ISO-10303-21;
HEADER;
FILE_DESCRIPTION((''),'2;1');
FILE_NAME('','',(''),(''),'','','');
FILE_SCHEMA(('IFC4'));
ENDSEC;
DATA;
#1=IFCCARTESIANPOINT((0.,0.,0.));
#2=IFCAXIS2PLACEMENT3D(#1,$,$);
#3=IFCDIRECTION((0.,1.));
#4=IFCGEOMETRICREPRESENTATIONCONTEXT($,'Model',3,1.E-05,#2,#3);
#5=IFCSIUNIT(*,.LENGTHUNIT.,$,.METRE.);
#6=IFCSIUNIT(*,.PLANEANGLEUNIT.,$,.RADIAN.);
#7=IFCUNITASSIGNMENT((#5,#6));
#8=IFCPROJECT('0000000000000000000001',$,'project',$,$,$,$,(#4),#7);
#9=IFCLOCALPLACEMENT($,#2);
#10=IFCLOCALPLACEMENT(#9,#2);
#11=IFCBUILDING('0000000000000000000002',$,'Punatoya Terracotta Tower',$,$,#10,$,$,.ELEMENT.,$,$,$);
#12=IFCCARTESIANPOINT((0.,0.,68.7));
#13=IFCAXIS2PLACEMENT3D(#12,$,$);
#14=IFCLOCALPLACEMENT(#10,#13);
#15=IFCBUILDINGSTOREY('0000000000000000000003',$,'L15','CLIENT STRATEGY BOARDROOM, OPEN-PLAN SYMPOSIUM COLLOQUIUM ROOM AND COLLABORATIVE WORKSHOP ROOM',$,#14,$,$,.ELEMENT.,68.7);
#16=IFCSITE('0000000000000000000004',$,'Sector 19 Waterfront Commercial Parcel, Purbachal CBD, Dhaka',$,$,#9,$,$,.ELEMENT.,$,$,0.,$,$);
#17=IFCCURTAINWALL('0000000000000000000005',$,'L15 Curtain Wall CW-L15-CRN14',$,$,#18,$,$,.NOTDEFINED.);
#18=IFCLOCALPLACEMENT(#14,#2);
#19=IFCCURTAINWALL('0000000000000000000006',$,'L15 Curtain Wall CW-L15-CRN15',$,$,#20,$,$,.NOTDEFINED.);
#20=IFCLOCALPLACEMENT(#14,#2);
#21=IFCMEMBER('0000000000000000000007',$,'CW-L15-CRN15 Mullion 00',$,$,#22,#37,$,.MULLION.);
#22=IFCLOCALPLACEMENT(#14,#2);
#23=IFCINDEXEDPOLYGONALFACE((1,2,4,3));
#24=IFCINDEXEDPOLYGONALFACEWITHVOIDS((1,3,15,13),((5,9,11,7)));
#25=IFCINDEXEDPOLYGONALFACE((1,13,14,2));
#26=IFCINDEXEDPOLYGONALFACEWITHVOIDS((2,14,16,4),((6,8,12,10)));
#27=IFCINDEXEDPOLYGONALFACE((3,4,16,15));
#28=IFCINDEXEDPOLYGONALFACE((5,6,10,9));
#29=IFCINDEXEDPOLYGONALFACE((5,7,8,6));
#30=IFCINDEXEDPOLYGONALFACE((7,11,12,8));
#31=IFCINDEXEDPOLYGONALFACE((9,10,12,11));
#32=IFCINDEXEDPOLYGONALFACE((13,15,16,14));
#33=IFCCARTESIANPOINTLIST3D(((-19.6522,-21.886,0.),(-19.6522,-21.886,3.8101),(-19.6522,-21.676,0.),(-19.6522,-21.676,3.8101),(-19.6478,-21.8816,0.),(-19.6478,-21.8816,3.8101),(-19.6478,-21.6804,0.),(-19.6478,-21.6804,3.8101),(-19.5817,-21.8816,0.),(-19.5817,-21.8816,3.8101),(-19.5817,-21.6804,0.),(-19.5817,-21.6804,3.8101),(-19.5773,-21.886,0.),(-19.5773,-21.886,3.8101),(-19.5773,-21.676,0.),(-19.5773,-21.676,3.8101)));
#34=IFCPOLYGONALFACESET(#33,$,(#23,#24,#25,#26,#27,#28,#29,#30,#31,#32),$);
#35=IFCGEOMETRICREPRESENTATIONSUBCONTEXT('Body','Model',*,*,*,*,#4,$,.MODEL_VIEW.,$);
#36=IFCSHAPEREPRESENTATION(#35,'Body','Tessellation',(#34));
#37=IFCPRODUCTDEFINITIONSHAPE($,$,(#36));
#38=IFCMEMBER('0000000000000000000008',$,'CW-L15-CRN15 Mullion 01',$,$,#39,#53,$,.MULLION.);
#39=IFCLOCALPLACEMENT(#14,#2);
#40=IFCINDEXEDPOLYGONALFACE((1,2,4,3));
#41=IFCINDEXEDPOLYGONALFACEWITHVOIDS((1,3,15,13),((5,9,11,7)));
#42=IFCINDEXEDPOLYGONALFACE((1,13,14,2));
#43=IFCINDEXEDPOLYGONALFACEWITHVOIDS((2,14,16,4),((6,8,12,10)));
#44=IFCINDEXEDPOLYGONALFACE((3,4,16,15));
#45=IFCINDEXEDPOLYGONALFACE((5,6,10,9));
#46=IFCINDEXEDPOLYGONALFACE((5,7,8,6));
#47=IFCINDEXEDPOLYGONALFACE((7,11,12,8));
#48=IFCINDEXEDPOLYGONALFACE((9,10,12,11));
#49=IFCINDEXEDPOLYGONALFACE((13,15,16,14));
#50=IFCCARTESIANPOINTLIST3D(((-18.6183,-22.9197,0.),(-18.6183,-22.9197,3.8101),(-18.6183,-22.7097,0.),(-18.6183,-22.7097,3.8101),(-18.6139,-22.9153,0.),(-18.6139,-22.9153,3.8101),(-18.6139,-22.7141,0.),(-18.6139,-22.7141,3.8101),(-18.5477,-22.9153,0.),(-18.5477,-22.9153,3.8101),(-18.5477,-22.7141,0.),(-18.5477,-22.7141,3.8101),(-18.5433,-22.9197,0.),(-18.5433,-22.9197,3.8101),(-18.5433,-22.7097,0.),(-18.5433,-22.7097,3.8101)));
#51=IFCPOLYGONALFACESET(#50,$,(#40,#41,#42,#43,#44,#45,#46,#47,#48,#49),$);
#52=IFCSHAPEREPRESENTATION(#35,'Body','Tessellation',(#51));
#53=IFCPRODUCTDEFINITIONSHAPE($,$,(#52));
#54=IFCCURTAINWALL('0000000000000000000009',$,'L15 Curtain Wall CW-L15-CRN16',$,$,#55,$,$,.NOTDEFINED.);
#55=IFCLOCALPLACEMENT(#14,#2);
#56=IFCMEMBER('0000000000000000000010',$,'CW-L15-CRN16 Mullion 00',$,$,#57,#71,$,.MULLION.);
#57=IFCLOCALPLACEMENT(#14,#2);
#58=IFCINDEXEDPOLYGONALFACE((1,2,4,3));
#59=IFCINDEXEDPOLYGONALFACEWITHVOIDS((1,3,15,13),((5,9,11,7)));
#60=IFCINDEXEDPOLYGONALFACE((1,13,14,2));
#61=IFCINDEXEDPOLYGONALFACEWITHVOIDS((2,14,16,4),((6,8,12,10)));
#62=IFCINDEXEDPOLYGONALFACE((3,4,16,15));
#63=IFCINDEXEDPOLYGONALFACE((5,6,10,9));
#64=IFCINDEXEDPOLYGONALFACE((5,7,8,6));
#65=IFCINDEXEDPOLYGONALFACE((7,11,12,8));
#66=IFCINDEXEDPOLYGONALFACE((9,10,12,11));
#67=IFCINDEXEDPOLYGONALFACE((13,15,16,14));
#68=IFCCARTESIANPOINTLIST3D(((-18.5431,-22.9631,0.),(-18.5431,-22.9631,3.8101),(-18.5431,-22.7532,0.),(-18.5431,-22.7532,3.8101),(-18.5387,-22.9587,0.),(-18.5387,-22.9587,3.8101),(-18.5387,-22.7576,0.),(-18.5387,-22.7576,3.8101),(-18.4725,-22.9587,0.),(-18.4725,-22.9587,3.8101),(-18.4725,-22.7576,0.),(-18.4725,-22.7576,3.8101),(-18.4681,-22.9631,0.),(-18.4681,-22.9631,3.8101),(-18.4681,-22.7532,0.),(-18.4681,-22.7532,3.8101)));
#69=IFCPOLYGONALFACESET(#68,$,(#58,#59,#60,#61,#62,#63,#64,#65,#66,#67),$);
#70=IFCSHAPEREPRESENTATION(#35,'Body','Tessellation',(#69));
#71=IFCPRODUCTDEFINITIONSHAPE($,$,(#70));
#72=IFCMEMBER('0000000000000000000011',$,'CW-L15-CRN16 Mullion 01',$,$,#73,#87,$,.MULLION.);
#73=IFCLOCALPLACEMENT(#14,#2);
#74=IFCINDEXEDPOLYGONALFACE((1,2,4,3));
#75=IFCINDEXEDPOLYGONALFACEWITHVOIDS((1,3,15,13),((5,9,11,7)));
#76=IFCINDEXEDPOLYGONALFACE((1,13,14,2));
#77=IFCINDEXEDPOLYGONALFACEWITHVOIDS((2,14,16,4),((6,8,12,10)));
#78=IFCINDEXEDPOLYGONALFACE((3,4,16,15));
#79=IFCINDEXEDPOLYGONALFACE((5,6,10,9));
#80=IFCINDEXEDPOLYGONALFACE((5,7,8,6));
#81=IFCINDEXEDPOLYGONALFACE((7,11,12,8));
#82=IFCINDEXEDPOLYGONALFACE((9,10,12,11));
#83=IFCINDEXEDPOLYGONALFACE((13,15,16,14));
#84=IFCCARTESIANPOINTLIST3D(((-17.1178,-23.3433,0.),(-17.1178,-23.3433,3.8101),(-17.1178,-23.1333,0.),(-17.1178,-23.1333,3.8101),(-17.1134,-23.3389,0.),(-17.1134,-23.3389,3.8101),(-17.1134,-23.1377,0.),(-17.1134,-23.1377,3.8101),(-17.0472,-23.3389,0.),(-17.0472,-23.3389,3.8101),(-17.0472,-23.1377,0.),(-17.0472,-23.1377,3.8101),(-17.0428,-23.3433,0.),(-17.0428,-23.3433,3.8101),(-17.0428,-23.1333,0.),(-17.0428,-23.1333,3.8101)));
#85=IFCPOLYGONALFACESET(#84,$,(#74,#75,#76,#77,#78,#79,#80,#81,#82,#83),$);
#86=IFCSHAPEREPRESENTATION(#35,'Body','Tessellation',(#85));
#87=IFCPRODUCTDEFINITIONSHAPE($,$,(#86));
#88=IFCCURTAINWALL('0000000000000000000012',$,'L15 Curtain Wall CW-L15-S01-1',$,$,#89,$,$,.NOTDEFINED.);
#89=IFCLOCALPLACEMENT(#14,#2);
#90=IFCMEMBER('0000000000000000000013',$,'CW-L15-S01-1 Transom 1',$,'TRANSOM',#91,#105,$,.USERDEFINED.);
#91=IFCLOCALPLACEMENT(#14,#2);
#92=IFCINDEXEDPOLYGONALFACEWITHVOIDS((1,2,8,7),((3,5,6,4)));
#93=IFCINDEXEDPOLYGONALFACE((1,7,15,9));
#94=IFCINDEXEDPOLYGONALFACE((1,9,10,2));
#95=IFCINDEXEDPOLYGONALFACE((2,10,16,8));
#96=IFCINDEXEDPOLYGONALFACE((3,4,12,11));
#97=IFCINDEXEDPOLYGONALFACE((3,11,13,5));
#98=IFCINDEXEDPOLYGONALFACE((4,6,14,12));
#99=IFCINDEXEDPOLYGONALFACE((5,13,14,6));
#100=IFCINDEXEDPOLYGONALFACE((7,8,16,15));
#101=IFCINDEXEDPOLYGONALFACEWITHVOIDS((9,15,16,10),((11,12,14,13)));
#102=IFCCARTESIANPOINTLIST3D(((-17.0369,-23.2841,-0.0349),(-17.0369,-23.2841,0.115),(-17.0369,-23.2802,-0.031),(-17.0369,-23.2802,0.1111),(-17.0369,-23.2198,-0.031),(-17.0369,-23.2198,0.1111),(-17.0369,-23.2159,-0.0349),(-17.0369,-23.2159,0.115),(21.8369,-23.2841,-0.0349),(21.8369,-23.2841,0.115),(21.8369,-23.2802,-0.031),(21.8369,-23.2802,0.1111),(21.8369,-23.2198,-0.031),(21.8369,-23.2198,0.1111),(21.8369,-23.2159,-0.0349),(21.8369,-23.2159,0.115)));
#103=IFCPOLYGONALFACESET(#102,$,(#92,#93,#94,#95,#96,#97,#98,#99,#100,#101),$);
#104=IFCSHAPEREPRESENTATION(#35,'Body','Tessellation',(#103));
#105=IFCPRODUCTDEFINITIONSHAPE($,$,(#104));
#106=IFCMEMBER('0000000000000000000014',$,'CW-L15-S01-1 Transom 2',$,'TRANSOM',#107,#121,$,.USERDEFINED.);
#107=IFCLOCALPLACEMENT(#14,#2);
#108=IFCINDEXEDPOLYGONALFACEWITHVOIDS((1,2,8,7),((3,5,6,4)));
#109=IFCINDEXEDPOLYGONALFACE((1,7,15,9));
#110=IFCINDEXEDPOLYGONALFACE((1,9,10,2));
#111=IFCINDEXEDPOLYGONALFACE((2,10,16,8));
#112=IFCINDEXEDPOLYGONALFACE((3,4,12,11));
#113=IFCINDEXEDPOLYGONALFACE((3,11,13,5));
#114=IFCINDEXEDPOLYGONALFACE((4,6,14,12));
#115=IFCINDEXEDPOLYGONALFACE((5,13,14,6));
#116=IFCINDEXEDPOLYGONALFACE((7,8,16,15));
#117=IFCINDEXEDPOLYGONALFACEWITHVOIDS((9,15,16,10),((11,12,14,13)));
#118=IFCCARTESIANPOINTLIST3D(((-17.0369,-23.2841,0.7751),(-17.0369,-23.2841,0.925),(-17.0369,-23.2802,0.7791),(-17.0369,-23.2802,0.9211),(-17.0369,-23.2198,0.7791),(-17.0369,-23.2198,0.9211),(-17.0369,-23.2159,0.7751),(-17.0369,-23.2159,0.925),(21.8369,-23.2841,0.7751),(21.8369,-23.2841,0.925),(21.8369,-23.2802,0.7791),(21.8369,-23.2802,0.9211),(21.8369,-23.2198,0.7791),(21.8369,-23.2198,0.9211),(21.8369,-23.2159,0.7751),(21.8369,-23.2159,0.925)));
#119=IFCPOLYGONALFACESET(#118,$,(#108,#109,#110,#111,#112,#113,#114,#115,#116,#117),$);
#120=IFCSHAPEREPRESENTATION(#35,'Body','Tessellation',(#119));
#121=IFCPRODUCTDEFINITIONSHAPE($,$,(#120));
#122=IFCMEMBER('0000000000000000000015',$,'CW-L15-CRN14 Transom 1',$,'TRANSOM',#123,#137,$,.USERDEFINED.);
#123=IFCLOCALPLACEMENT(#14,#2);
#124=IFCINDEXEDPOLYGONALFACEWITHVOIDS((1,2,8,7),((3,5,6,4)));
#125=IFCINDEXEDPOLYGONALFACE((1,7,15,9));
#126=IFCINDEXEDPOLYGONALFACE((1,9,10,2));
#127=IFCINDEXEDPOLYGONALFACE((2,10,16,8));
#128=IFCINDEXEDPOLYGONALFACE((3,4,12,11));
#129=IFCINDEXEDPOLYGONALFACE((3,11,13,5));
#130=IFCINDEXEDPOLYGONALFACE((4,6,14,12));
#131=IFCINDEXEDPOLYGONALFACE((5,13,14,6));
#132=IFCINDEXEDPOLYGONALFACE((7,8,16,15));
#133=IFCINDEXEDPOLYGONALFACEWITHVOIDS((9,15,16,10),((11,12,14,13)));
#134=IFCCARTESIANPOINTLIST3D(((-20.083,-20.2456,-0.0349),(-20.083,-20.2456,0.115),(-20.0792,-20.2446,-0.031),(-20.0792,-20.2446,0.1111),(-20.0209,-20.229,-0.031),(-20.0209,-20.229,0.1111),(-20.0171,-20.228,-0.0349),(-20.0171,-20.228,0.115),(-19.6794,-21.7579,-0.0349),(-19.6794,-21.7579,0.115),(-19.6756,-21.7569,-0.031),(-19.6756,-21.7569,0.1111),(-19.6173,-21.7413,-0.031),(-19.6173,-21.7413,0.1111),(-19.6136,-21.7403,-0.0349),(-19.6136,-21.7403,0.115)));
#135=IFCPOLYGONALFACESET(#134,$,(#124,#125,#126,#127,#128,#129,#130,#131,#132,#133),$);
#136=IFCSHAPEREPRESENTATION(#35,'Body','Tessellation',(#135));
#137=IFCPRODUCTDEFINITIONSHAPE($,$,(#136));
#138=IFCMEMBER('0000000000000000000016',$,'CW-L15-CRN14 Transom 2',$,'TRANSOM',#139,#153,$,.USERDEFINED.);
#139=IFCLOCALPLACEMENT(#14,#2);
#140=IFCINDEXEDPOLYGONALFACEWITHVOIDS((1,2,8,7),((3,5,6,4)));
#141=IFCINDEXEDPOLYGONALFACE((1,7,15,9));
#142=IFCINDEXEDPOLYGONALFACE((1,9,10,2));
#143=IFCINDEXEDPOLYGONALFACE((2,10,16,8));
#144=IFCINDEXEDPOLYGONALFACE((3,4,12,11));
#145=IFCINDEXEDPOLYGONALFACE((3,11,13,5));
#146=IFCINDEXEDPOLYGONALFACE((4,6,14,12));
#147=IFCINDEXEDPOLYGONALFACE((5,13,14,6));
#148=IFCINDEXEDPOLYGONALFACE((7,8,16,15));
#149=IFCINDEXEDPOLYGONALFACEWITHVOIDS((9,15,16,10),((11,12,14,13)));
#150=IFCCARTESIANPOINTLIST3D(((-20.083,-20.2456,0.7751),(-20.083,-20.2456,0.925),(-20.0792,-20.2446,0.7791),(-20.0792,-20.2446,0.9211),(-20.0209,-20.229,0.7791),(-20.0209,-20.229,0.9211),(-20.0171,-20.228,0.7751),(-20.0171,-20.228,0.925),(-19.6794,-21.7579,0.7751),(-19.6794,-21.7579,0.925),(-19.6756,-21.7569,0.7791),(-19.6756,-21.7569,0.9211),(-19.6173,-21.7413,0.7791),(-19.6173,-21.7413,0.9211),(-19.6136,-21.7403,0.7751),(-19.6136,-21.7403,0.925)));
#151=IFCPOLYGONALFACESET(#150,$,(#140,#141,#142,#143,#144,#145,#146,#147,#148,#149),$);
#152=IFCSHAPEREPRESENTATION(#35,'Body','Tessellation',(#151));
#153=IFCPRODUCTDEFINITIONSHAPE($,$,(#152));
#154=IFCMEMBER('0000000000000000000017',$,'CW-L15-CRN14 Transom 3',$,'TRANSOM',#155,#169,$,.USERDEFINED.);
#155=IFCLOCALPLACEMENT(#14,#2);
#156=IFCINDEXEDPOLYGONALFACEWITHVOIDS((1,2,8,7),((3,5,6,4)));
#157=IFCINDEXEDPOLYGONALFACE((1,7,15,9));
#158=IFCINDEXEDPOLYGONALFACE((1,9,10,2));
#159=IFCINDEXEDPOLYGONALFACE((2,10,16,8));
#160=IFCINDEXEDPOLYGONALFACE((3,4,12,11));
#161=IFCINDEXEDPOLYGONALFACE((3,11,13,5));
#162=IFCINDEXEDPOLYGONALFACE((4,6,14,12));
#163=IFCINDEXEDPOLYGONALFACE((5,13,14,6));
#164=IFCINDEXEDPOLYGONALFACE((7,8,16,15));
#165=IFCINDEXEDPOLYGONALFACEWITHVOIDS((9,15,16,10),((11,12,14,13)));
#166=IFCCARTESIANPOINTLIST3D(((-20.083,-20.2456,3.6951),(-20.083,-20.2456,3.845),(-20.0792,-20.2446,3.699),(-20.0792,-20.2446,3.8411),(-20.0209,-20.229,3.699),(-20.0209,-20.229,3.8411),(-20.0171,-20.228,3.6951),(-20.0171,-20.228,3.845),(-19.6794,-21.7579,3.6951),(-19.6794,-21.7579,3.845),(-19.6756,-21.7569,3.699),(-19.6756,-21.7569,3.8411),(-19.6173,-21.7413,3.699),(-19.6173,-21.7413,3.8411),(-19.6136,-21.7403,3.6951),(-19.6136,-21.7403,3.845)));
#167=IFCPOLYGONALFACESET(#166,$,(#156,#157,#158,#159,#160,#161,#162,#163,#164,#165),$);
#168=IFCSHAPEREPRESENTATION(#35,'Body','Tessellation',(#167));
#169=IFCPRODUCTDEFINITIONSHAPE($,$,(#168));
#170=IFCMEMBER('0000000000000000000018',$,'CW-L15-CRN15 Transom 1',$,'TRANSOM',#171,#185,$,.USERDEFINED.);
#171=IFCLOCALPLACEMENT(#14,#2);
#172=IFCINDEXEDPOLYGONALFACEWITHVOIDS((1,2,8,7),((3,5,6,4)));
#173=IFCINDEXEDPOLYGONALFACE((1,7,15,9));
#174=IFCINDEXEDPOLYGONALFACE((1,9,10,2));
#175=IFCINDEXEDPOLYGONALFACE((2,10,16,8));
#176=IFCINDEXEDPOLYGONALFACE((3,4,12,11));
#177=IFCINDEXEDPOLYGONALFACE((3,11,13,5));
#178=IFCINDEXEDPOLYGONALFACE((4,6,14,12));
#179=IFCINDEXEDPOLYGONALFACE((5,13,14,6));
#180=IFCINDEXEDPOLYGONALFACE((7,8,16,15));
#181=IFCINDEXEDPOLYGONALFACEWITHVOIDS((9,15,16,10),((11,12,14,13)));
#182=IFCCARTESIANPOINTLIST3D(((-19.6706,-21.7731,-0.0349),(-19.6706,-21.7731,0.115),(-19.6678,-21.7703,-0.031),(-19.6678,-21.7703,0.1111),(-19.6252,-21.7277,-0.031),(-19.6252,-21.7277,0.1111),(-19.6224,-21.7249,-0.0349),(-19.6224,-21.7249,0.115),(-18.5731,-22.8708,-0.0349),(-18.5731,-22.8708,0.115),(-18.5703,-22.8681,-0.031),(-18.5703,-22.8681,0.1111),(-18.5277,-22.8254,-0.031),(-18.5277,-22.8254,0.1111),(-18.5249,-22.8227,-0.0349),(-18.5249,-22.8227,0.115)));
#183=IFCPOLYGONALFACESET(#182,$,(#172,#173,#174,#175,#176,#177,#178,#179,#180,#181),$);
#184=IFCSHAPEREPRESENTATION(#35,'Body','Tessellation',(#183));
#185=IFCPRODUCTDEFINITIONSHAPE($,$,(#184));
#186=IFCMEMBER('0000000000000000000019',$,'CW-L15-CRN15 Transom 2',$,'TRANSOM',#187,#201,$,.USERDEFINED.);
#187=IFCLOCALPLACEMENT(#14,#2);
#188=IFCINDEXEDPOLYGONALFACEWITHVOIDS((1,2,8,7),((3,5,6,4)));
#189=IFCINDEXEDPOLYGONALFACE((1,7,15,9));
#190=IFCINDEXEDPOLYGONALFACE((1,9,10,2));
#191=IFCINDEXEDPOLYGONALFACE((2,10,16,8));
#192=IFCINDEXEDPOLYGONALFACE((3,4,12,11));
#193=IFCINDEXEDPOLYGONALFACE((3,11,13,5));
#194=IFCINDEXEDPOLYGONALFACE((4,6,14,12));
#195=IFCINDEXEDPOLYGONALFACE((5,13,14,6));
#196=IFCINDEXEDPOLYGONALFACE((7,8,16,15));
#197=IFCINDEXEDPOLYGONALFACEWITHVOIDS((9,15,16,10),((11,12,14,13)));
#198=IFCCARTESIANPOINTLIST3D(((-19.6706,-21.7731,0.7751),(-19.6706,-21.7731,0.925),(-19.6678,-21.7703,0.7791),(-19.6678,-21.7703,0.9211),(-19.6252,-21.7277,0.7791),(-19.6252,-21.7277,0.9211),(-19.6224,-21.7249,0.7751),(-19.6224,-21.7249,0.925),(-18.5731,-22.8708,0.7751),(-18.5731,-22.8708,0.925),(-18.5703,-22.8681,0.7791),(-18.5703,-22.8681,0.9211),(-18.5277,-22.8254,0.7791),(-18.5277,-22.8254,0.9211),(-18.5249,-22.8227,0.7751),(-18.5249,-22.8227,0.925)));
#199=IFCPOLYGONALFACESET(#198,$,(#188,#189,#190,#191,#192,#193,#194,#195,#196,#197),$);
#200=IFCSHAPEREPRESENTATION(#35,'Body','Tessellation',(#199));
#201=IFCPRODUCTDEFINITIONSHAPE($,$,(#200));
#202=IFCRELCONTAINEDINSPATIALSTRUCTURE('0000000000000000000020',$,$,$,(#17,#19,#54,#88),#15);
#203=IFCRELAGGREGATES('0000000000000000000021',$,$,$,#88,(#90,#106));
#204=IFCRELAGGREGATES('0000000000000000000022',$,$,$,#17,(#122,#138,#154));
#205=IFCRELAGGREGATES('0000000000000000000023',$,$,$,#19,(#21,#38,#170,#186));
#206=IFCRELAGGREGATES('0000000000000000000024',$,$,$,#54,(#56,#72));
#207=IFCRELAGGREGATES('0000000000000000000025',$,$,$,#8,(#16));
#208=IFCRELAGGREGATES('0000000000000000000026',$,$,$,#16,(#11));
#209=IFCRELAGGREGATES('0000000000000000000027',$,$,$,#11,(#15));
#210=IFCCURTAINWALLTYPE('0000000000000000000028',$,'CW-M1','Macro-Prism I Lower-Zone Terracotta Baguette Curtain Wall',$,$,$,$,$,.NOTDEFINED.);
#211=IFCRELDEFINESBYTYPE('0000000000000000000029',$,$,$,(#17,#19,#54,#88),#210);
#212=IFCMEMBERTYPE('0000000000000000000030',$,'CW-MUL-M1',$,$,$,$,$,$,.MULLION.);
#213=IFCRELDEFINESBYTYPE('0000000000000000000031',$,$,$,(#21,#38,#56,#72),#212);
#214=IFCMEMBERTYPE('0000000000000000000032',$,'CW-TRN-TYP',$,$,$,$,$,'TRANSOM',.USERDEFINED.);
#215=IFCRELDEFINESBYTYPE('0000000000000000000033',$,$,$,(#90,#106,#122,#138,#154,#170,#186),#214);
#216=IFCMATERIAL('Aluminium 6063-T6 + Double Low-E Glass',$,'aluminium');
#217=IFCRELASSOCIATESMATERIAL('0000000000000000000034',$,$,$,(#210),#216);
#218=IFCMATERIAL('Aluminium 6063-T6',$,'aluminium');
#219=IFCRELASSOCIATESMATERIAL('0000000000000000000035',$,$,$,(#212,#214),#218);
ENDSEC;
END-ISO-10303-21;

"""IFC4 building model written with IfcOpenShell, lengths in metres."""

from ifc_helpers import new_model, si_unit, direction, frame, origin, origin_2d, place, context, subcontext, project, spatial, hollow_rectangle, extrude, material, material_profile, profile_set, type_object, element, aggregate, save


model = new_model("IFC4")

# Units and contexts
model_context = context("Model", 3, precision=1e-05, world=origin(), true_north=direction((0.0, 1.0)))
body_context = subcontext(model_context, "Body", "Model", "MODEL_VIEW")
ifc_project = project(units=[si_unit("LENGTHUNIT", "METRE"), si_unit("PLANEANGLEUNIT", "RADIAN")], contexts=[model_context])

# Site, building, storey
site_placement = place(None, origin())
site = spatial("IfcSite", under=ifc_project, at=site_placement, Name="Sector 19 Waterfront Commercial Parcel, Purbachal CBD, Dhaka", CompositionType="ELEMENT", RefElevation=0.0)
building_placement = place(site_placement, origin())
building = spatial("IfcBuilding", under=site, at=building_placement, Name="Punatoya Terracotta Tower", CompositionType="ELEMENT")
storey_placement = place(building_placement, frame((0.0, 0.0, 68.7)))
storey = spatial("IfcBuildingStorey", under=building, at=storey_placement, Name="L15", Description="CLIENT STRATEGY BOARDROOM, OPEN-PLAN SYMPOSIUM COLLOQUIUM ROOM AND COLLABORATIVE WORKSHOP ROOM", CompositionType="ELEMENT", Elevation=68.7)

# Curtain walls, members
ifc_material_1 = material(Name="Aluminium 6063-T6 + Double Low-E Glass", Category="aluminium")
curtain_wall_type = type_object("IfcCurtainWallType", Name="CW-M1", Description="Macro-Prism I Lower-Zone Terracotta Baguette Curtain Wall", PredefinedType="NOTDEFINED", material=ifc_material_1)
curtain_wall_1_placement = place(storey_placement, origin())
curtain_wall_1 = element("IfcCurtainWall", 1, at=curtain_wall_1_placement, inside=storey, type_object=curtain_wall_type, Name="L15 Curtain Wall CW-L15-CRN14", PredefinedType="NOTDEFINED")
ifc_material_2 = material(Name="Aluminium 6063-T6", Category="aluminium")
ifc_material_profile_1 = material_profile(ifc_material_2, hollow_rectangle(XDim=0.075, YDim=0.21, WallThickness=0.0044, at=origin_2d()))
ifc_profile_set_1 = profile_set([ifc_material_profile_1], Name="Aluminium 6063-T6")
member_type_1 = type_object("IfcMemberType", Name="CW-MUL-M1", PredefinedType="MULLION", material=ifc_profile_set_1)
curtain_wall_2_placement = place(storey_placement, origin())
curtain_wall_2 = element("IfcCurtainWall", 2, at=curtain_wall_2_placement, inside=storey, type_object=curtain_wall_type, Name="L15 Curtain Wall CW-L15-CRN15", PredefinedType="NOTDEFINED")
member_1_placement = place(storey_placement, frame((-19.6147, -21.781, 0.0), z_axis=(0.0, 0.0, 1.0), x_axis=(1.0, 0.0, 0.0)))
member_1 = element("IfcMember", 3, at=member_1_placement, type_object=member_type_1, Name="CW-L15-CRN15 Mullion 00", PredefinedType="MULLION", context=body_context, shape_type="SweptSolid", body=[
    extrude(hollow_rectangle(XDim=0.075, YDim=0.21, WallThickness=0.0044, at=origin_2d()), origin(), (0.0, 0.0, 1.0), 3.8101),
])
member_2_placement = place(storey_placement, frame((-18.5808, -22.8147, 0.0), z_axis=(0.0, 0.0, 1.0), x_axis=(1.0, 0.0, 0.0)))
member_2 = element("IfcMember", 4, at=member_2_placement, type_object=member_type_1, Name="CW-L15-CRN15 Mullion 01", PredefinedType="MULLION", context=body_context, shape_type="SweptSolid", body=[
    extrude(hollow_rectangle(XDim=0.075, YDim=0.21, WallThickness=0.0044, at=origin_2d()), origin(), (0.0, 0.0, 1.0), 3.8101),
])
curtain_wall_3_placement = place(storey_placement, origin())
curtain_wall_3 = element("IfcCurtainWall", 5, at=curtain_wall_3_placement, inside=storey, type_object=curtain_wall_type, Name="L15 Curtain Wall CW-L15-CRN16", PredefinedType="NOTDEFINED")
member_3_placement = place(storey_placement, frame((-18.5056, -22.8582, 0.0), z_axis=(0.0, 0.0, 1.0), x_axis=(1.0, 0.0, 0.0)))
member_3 = element("IfcMember", 6, at=member_3_placement, type_object=member_type_1, Name="CW-L15-CRN16 Mullion 00", PredefinedType="MULLION", context=body_context, shape_type="SweptSolid", body=[
    extrude(hollow_rectangle(XDim=0.075, YDim=0.21, WallThickness=0.0044, at=origin_2d()), origin(), (0.0, 0.0, 1.0), 3.8101),
])
member_4_placement = place(storey_placement, frame((-17.0803, -23.2383, 0.0), z_axis=(0.0, 0.0, 1.0), x_axis=(1.0, 0.0, 0.0)))
member_4 = element("IfcMember", 7, at=member_4_placement, type_object=member_type_1, Name="CW-L15-CRN16 Mullion 01", PredefinedType="MULLION", context=body_context, shape_type="SweptSolid", body=[
    extrude(hollow_rectangle(XDim=0.075, YDim=0.21, WallThickness=0.0044, at=origin_2d()), origin(), (0.0, 0.0, 1.0), 3.8101),
])
curtain_wall_4_placement = place(storey_placement, origin())
curtain_wall_4 = element("IfcCurtainWall", 8, at=curtain_wall_4_placement, inside=storey, type_object=curtain_wall_type, Name="L15 Curtain Wall CW-L15-S01-1", PredefinedType="NOTDEFINED")
ifc_material_profile_2 = material_profile(ifc_material_2, hollow_rectangle(XDim=0.0681, YDim=0.1499, WallThickness=0.0039, at=origin_2d()))
ifc_profile_set_2 = profile_set([ifc_material_profile_2], Name="Aluminium 6063-T6")
member_type_2 = type_object("IfcMemberType", Name="CW-TRN-TYP", ElementType="TRANSOM", PredefinedType="USERDEFINED", material=ifc_profile_set_2)
member_5_placement = place(storey_placement, frame((-17.0369, -23.25, 0.04), z_axis=(1.0, 0.0, 0.0), x_axis=(0.0, 1.0, 0.0)))
member_5 = element("IfcMember", 9, at=member_5_placement, type_object=member_type_2, Name="CW-L15-S01-1 Transom 1", ObjectType="TRANSOM", PredefinedType="USERDEFINED", context=body_context, shape_type="SweptSolid", body=[
    extrude(hollow_rectangle(XDim=0.0681, YDim=0.1499, WallThickness=0.0039, at=origin_2d()), origin(), (0.0, 0.0, 1.0), 38.8738),
])
member_6_placement = place(storey_placement, frame((-17.0369, -23.25, 0.8501), z_axis=(1.0, 0.0, 0.0), x_axis=(0.0, 1.0, 0.0)))
member_6 = element("IfcMember", 10, at=member_6_placement, type_object=member_type_2, Name="CW-L15-S01-1 Transom 2", ObjectType="TRANSOM", PredefinedType="USERDEFINED", context=body_context, shape_type="SweptSolid", body=[
    extrude(hollow_rectangle(XDim=0.0681, YDim=0.1499, WallThickness=0.0039, at=origin_2d()), origin(), (0.0, 0.0, 1.0), 38.8738),
])
aggregate(curtain_wall_4, [member_5, member_6])

# Members
member_7_placement = place(storey_placement, frame((-20.05, -20.2368, 0.04), z_axis=(0.257847, -0.966186, 0.0), x_axis=(0.966186, 0.257847, 0.0)))
member_7 = element("IfcMember", 11, at=member_7_placement, type_object=member_type_2, Name="CW-L15-CRN14 Transom 1", ObjectType="TRANSOM", PredefinedType="USERDEFINED", context=body_context, shape_type="SweptSolid", body=[
    extrude(hollow_rectangle(XDim=0.0681, YDim=0.1499, WallThickness=0.0039, at=origin_2d()), origin(), (0.0, 0.0, 1.0), 1.5652),
])
member_8_placement = place(storey_placement, frame((-20.05, -20.2368, 0.8501), z_axis=(0.257847, -0.966186, 0.0), x_axis=(0.966186, 0.257847, 0.0)))
member_8 = element("IfcMember", 12, at=member_8_placement, type_object=member_type_2, Name="CW-L15-CRN14 Transom 2", ObjectType="TRANSOM", PredefinedType="USERDEFINED", context=body_context, shape_type="SweptSolid", body=[
    extrude(hollow_rectangle(XDim=0.0681, YDim=0.1499, WallThickness=0.0039, at=origin_2d()), origin(), (0.0, 0.0, 1.0), 1.5652),
])
member_9_placement = place(storey_placement, frame((-20.05, -20.2368, 3.77), z_axis=(0.257847, -0.966186, 0.0), x_axis=(0.966186, 0.257847, 0.0)))
member_9 = element("IfcMember", 13, at=member_9_placement, type_object=member_type_2, Name="CW-L15-CRN14 Transom 3", ObjectType="TRANSOM", PredefinedType="USERDEFINED", context=body_context, shape_type="SweptSolid", body=[
    extrude(hollow_rectangle(XDim=0.0681, YDim=0.1499, WallThickness=0.0039, at=origin_2d()), origin(), (0.0, 0.0, 1.0), 1.5652),
])
member_10_placement = place(storey_placement, frame((-19.6465, -21.749, 0.04), z_axis=(0.707028, -0.707185, 0.0), x_axis=(0.707185, 0.707028, 0.0)))
member_10 = element("IfcMember", 14, at=member_10_placement, type_object=member_type_2, Name="CW-L15-CRN15 Transom 1", ObjectType="TRANSOM", PredefinedType="USERDEFINED", context=body_context, shape_type="SweptSolid", body=[
    extrude(hollow_rectangle(XDim=0.0681, YDim=0.1499, WallThickness=0.0039, at=origin_2d()), origin(), (0.0, 0.0, 1.0), 1.5522),
])
member_11_placement = place(storey_placement, frame((-19.6465, -21.749, 0.8501), z_axis=(0.707028, -0.707185, 0.0), x_axis=(0.707185, 0.707028, 0.0)))
member_11 = element("IfcMember", 15, at=member_11_placement, type_object=member_type_2, Name="CW-L15-CRN15 Transom 2", ObjectType="TRANSOM", PredefinedType="USERDEFINED", context=body_context, shape_type="SweptSolid", body=[
    extrude(hollow_rectangle(XDim=0.0681, YDim=0.1499, WallThickness=0.0039, at=origin_2d()), origin(), (0.0, 0.0, 1.0), 1.5522),
])

aggregate(curtain_wall_1, [member_7, member_8, member_9])
aggregate(curtain_wall_2, [member_1, member_2, member_10, member_11])
aggregate(curtain_wall_3, [member_3, member_4])

save(model, "model.ifc")
